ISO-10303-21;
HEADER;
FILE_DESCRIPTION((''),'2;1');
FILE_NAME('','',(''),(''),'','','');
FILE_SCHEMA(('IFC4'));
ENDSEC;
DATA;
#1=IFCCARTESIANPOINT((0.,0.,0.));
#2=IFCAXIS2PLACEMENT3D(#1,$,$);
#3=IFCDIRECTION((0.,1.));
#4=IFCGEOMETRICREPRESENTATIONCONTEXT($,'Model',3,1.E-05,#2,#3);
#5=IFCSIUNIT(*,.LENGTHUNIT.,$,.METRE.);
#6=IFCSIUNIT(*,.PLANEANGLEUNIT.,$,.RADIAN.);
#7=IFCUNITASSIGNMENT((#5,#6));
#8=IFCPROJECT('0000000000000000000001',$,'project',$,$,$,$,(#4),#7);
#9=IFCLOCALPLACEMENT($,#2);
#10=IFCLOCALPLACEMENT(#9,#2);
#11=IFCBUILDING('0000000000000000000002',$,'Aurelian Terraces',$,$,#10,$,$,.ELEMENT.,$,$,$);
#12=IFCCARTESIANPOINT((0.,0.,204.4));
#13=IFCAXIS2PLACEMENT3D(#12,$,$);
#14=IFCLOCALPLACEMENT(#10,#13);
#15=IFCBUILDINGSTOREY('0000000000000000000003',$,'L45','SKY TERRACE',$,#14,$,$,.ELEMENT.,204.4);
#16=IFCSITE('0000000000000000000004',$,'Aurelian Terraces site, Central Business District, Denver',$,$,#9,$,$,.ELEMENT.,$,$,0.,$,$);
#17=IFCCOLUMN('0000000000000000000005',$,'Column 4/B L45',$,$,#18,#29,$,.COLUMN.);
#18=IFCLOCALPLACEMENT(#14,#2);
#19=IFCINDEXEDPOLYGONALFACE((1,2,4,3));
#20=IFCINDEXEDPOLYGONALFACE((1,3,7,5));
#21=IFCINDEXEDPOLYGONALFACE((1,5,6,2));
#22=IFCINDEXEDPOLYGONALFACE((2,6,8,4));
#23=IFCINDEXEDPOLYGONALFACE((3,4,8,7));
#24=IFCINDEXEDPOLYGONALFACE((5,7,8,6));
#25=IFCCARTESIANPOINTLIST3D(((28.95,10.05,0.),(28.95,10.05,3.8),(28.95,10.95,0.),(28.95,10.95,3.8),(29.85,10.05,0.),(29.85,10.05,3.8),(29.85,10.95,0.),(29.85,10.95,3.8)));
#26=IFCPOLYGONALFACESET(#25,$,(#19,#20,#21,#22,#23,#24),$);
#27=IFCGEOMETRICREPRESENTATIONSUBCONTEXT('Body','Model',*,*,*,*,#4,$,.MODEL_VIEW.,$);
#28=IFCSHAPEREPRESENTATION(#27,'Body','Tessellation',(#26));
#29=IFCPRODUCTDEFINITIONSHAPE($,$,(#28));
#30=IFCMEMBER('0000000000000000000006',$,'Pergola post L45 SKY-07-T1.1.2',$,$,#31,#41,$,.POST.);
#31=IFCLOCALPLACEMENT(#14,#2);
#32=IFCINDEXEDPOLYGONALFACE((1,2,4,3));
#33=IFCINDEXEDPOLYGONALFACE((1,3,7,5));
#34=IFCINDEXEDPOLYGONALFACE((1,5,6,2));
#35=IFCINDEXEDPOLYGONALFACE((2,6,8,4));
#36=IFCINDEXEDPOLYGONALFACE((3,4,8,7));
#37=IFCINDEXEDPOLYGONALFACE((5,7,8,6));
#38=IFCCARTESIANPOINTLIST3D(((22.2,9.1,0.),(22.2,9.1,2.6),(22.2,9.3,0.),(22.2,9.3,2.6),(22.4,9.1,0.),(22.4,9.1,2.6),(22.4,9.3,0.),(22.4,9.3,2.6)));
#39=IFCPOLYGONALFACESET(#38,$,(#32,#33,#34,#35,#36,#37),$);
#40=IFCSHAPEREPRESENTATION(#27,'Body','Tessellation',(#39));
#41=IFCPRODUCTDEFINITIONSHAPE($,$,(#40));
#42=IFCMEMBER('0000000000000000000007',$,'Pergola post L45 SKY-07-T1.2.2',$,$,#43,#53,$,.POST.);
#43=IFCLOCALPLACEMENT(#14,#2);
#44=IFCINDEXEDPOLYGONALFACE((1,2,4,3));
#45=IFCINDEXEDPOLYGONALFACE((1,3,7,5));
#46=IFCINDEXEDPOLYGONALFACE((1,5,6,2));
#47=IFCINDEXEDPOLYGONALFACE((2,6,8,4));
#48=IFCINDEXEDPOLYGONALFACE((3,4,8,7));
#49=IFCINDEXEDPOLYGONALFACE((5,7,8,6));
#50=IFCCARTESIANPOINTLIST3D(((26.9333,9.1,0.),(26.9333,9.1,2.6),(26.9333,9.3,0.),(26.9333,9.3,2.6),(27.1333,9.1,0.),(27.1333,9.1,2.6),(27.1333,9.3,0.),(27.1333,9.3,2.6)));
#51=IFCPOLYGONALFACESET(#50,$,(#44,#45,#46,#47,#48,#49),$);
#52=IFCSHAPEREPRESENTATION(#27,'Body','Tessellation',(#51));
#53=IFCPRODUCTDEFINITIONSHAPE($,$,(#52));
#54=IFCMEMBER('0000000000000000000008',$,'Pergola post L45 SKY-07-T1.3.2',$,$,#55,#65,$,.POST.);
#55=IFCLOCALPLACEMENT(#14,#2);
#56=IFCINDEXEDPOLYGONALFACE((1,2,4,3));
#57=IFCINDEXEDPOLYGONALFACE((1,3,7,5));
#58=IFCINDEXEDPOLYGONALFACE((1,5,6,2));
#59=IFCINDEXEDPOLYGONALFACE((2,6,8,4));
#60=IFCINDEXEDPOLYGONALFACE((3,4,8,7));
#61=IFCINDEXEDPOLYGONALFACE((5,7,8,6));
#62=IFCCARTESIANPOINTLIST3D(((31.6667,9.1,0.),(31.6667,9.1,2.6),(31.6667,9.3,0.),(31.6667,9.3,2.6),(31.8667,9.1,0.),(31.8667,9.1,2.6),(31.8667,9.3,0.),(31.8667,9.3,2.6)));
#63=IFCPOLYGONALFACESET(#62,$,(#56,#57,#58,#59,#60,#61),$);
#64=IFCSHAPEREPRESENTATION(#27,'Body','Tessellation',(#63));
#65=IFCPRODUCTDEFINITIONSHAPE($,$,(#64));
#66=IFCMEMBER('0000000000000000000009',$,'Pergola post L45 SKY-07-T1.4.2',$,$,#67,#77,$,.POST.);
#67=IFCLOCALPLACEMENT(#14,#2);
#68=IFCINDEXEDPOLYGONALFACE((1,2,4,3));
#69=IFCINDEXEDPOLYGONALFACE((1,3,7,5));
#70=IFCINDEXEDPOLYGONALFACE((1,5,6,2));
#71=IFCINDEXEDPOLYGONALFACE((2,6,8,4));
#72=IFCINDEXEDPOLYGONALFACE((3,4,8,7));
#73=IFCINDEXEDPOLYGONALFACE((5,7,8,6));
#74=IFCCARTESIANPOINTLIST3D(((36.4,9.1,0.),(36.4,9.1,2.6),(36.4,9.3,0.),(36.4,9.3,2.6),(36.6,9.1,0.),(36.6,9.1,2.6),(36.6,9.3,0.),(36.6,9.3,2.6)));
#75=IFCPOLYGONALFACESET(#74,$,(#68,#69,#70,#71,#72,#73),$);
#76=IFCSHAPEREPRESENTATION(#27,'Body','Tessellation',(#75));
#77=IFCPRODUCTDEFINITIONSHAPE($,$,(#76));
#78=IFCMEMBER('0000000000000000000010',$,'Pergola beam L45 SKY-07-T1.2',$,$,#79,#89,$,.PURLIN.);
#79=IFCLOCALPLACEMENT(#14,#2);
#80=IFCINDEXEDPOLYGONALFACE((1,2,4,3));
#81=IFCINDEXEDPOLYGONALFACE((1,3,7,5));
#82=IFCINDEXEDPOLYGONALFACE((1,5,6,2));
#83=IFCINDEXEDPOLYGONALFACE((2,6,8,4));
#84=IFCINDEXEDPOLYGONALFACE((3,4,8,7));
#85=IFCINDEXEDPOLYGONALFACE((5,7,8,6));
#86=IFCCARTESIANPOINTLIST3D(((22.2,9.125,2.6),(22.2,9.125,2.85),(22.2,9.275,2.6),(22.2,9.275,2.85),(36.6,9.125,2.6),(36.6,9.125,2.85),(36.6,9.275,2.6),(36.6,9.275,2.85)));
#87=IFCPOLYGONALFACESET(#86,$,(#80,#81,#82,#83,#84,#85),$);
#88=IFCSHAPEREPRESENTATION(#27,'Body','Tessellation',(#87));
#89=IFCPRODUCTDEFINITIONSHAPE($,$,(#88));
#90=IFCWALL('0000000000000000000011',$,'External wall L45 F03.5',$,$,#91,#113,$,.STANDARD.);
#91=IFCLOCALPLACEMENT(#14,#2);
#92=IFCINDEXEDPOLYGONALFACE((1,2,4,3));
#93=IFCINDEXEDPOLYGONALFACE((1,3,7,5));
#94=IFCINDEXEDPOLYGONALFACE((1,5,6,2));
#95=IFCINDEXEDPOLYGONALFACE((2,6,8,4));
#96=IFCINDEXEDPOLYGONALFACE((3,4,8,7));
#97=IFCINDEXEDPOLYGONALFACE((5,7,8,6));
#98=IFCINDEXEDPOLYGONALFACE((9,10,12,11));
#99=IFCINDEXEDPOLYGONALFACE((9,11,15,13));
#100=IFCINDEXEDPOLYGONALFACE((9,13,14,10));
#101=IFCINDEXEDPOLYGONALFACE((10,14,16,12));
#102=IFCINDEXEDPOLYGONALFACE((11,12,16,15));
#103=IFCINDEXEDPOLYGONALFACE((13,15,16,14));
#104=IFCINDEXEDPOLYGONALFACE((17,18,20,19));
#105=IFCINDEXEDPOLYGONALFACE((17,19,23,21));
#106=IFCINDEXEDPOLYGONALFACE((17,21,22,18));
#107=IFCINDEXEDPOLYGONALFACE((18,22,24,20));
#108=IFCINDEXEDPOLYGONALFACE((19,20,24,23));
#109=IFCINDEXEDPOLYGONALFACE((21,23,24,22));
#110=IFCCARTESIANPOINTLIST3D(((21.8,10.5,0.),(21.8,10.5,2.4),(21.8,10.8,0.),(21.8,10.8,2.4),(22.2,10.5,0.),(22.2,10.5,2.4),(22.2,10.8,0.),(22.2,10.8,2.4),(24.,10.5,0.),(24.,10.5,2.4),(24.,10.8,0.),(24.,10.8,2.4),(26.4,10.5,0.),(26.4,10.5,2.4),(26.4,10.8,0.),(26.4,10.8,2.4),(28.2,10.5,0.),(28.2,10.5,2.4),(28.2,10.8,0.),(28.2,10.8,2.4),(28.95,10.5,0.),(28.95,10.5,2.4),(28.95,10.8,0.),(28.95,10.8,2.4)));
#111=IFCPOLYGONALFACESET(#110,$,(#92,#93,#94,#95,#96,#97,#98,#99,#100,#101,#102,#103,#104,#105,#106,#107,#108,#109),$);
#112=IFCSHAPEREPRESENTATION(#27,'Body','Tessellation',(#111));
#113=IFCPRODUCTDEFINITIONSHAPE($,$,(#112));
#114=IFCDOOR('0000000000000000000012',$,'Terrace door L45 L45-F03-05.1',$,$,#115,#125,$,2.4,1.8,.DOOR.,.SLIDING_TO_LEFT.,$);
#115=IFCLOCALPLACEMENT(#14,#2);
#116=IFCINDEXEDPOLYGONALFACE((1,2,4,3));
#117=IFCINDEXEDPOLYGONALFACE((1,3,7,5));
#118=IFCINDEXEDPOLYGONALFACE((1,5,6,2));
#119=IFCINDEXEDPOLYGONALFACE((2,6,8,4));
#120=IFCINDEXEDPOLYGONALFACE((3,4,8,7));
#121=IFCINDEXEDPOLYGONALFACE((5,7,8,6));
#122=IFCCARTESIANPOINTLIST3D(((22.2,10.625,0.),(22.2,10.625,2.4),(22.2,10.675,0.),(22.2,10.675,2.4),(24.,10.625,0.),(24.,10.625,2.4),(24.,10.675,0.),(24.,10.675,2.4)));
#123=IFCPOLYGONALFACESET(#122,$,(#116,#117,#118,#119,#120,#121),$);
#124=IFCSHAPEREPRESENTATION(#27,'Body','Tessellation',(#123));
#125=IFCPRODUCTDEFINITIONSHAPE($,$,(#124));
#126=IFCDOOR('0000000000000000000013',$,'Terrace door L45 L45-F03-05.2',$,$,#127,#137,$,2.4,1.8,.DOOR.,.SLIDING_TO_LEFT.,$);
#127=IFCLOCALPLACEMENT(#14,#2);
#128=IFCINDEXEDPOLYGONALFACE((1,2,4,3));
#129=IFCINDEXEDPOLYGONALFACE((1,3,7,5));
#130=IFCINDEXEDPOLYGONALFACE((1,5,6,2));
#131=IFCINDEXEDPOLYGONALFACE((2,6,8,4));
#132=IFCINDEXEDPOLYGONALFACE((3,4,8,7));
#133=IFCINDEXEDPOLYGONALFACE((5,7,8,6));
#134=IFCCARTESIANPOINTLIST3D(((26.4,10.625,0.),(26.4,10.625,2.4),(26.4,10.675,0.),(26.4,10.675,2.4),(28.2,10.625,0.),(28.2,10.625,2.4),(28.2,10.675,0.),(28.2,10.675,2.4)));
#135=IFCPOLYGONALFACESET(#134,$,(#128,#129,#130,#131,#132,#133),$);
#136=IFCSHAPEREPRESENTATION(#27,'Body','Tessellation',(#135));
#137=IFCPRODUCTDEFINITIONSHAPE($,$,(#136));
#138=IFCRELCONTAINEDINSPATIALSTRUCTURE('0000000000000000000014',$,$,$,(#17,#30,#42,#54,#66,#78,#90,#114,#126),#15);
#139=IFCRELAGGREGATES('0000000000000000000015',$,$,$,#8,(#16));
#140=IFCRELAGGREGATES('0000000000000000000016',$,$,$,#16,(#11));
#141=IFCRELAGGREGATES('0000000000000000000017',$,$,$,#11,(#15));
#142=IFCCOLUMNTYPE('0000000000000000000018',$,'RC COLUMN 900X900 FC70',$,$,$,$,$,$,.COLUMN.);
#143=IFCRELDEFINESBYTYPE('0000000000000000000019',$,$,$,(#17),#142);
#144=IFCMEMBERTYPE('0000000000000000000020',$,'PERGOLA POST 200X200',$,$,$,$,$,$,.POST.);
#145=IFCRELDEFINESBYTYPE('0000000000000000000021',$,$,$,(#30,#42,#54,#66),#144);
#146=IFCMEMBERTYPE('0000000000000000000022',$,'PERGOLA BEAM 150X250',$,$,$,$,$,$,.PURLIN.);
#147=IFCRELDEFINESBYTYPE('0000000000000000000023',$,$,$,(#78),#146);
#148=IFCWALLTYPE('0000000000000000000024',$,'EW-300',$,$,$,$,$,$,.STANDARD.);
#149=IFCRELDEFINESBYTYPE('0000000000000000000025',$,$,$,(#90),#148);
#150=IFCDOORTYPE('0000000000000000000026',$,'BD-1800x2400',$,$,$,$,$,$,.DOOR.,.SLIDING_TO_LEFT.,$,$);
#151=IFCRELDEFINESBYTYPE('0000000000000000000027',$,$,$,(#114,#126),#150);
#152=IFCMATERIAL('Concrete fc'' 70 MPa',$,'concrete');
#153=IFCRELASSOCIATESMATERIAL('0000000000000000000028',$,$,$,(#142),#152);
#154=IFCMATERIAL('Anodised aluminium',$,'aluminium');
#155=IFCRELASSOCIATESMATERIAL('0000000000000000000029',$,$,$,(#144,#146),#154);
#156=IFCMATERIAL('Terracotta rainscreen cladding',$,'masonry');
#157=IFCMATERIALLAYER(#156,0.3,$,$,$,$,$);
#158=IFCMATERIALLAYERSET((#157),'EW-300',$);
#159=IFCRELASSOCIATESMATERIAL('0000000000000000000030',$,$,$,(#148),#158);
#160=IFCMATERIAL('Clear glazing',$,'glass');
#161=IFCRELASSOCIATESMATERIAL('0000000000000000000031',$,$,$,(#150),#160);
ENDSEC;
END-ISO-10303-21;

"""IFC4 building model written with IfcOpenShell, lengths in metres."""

from ifc_helpers import new_model, si_unit, direction, frame, frame_2d, origin, origin_2d, place, context, subcontext, project, spatial, rectangle, extrude, source, transform, mapped, material, layer, layer_set, material_profile, profile_set, type_object, element, fill, save


model = new_model("IFC4")

# Units and contexts
model_context = context("Model", 3, precision=1e-05, world=origin(), true_north=direction((0.0, 1.0)))
body_context = subcontext(model_context, "Body", "Model", "MODEL_VIEW")
ifc_project = project(units=[si_unit("LENGTHUNIT", "METRE"), si_unit("PLANEANGLEUNIT", "RADIAN")], contexts=[model_context])

# Site, building, storey
site_placement = place(None, origin())
site = spatial("IfcSite", under=ifc_project, at=site_placement, Name="Aurelian Terraces site, Central Business District, Denver", CompositionType="ELEMENT", RefElevation=0.0)
building_placement = place(site_placement, origin())
building = spatial("IfcBuilding", under=site, at=building_placement, Name="Aurelian Terraces", CompositionType="ELEMENT")
storey_placement = place(building_placement, frame((0.0, 0.0, 204.4)))
storey = spatial("IfcBuildingStorey", under=building, at=storey_placement, Name="L45", Description="SKY TERRACE", CompositionType="ELEMENT", Elevation=204.4)

# Column
ifc_material_1 = material(Name="Concrete fc' 70 MPa", Category="concrete")
ifc_material_profile_1 = material_profile(ifc_material_1, rectangle(XDim=0.9, YDim=0.9, at=origin_2d()))
ifc_profile_set_1 = profile_set([ifc_material_profile_1], Name="Concrete fc' 70 MPa")
column_type = type_object("IfcColumnType", Name="RC COLUMN 900X900 FC70", PredefinedType="COLUMN", material=ifc_profile_set_1)
shared_shape_1 = source(origin(), body_context, "Body", "SweptSolid", [
    extrude(rectangle(XDim=0.9, YDim=0.9, at=origin_2d()), origin(), (0.0, 0.0, 1.0), 3.8),
])
column_placement = place(storey_placement, frame((29.4, 10.5, 0.0), z_axis=(0.0, 0.0, 1.0), x_axis=(1.0, 0.0, 0.0)))
element("IfcColumn", 1, at=column_placement, inside=storey, type_object=column_type, Name="Column 4/B L45", PredefinedType="COLUMN", context=body_context, shape_type="MappedRepresentation", body=[
    mapped(shared_shape_1, transform((0.0, 0.0, 0.0), scale=1.0)),
])

# Members
ifc_material_2 = material(Name="Anodised aluminium", Category="aluminium")
ifc_material_profile_2 = material_profile(ifc_material_2, rectangle(XDim=0.2, YDim=0.2, at=origin_2d()))
ifc_profile_set_2 = profile_set([ifc_material_profile_2], Name="Anodised aluminium")
member_type_1 = type_object("IfcMemberType", Name="PERGOLA POST 200X200", PredefinedType="POST", material=ifc_profile_set_2)
shared_shape_2 = source(origin(), body_context, "Body", "SweptSolid", [
    extrude(rectangle(XDim=0.2, YDim=0.2, at=origin_2d()), origin(), (0.0, 0.0, 1.0), 2.6),
])
for number, where, z_axis, x_axis, name in (
    (2, (22.3, 9.2, 0.0), (0.0, 0.0, 1.0), (1.0, 0.0, 0.0), "Pergola post L45 SKY-07-T1.1.2"),
    (3, (27.0333, 9.2, 0.0), (0.0, 0.0, 1.0), (1.0, 0.0, 0.0), "Pergola post L45 SKY-07-T1.2.2"),
    (4, (31.7667, 9.2, 0.0), (0.0, 0.0, 1.0), (1.0, 0.0, 0.0), "Pergola post L45 SKY-07-T1.3.2"),
    (5, (36.5, 9.2, 0.0), (0.0, 0.0, 1.0), (1.0, 0.0, 0.0), "Pergola post L45 SKY-07-T1.4.2"),
):
    element("IfcMember", number, at=place(storey_placement, frame(where, z_axis=z_axis, x_axis=x_axis)), inside=storey, type_object=member_type_1, Name=name, PredefinedType="POST", context=body_context, shape_type="MappedRepresentation", body=[
        mapped(shared_shape_2, transform((0.0, 0.0, 0.0), scale=1.0)),
    ])
ifc_material_profile_3 = material_profile(ifc_material_2, rectangle(XDim=0.15, YDim=0.25, at=origin_2d()))
ifc_profile_set_3 = profile_set([ifc_material_profile_3], Name="Anodised aluminium")
member_type_2 = type_object("IfcMemberType", Name="PERGOLA BEAM 150X250", PredefinedType="PURLIN", material=ifc_profile_set_3)
shared_shape_3 = source(origin(), body_context, "Body", "SweptSolid", [
    extrude(rectangle(XDim=0.15, YDim=0.25, at=origin_2d()), origin(), (0.0, 0.0, 1.0), 14.4),
])
member_placement = place(storey_placement, frame((22.2, 9.2, 2.725), z_axis=(1.0, 0.0, 0.0), x_axis=(0.0, 1.0, 0.0)))
element("IfcMember", 6, at=member_placement, inside=storey, type_object=member_type_2, Name="Pergola beam L45 SKY-07-T1.2", PredefinedType="PURLIN", context=body_context, shape_type="MappedRepresentation", body=[
    mapped(shared_shape_3, transform((0.0, 0.0, 0.0), scale=1.0)),
])

# Wall, openings, doors
ifc_material_3 = material(Name="Terracotta rainscreen cladding", Category="masonry")
ifc_layer_1 = layer(ifc_material_3, 0.3)
ifc_layer_set_1 = layer_set([ifc_layer_1], Name="EW-300")
wall_type_1 = type_object("IfcWallType", Name="EW-300", PredefinedType="STANDARD", material=ifc_layer_set_1)
wall_1_placement = place(storey_placement, frame((21.8, 10.65, 0.0), z_axis=(0.0, 0.0, 1.0), x_axis=(1.0, 0.0, 0.0)))
wall_1 = element("IfcWall", 7, at=wall_1_placement, inside=storey, type_object=wall_type_1, Name="External wall L45 F03.5", PredefinedType="STANDARD", context=body_context, shape_type="SweptSolid", body=[
    extrude(rectangle(XDim=7.15, YDim=0.3, at=frame_2d((3.575, 0.0))), origin(), (0.0, 0.0, 1.0), 2.4),
])
shared_shape_4 = source(origin(), body_context, "Body", "SweptSolid", [
    extrude(rectangle(XDim=1.8, YDim=2.4, at=frame_2d((0.9, 1.2))), frame((0.0, 0.16, 0.0), z_axis=(0.0, -1.0, 0.0), x_axis=(1.0, 0.0, 0.0)), (0.0, 0.0, 1.0), 0.32),
])
opening_1_placement = place(wall_1_placement, frame((0.4, 0.0, 0.0)))
opening_1 = element("IfcOpeningElement", 8, at=opening_1_placement, cuts=wall_1, PredefinedType="OPENING", context=body_context, shape_type="MappedRepresentation", body=[
    mapped(shared_shape_4, transform((0.0, 0.0, 0.0), scale=1.0)),
])
opening_2_placement = place(wall_1_placement, frame((4.6, 0.0, 0.0)))
opening_2 = element("IfcOpeningElement", 9, at=opening_2_placement, cuts=wall_1, PredefinedType="OPENING", context=body_context, shape_type="MappedRepresentation", body=[
    mapped(shared_shape_4, transform((0.0, 0.0, 0.0), scale=1.0)),
])
ifc_material_4 = material(Name="Clear glazing", Category="glass")
door_type_1 = type_object("IfcDoorType", Name="BD-1800x2400", OperationType="SLIDING_TO_LEFT", PredefinedType="DOOR", material=ifc_material_4)
shared_shape_5 = source(origin(), body_context, "Body", "SweptSolid", [
    extrude(rectangle(XDim=1.8, YDim=2.4, at=frame_2d((0.9, 1.2))), frame((0.0, 0.025, 0.0), z_axis=(0.0, -1.0, 0.0), x_axis=(1.0, 0.0, 0.0)), (0.0, 0.0, 1.0), 0.05),
])
door_1_placement = place(opening_1_placement, origin())
door_1 = element("IfcDoor", 10, at=door_1_placement, inside=storey, type_object=door_type_1, Name="Terrace door L45 L45-F03-05.1", OperationType="SLIDING_TO_LEFT", OverallHeight=2.4, OverallWidth=1.8, PredefinedType="DOOR", context=body_context, shape_type="MappedRepresentation", body=[
    mapped(shared_shape_5, transform((0.0, 0.0, 0.0), scale=1.0)),
])
fill(opening_1, door_1)
door_2_placement = place(opening_2_placement, origin())
door_2 = element("IfcDoor", 11, at=door_2_placement, inside=storey, type_object=door_type_1, Name="Terrace door L45 L45-F03-05.2", OperationType="SLIDING_TO_LEFT", OverallHeight=2.4, OverallWidth=1.8, PredefinedType="DOOR", context=body_context, shape_type="MappedRepresentation", body=[
    mapped(shared_shape_5, transform((0.0, 0.0, 0.0), scale=1.0)),
])
fill(opening_2, door_2)

save(model, "model.ifc")
